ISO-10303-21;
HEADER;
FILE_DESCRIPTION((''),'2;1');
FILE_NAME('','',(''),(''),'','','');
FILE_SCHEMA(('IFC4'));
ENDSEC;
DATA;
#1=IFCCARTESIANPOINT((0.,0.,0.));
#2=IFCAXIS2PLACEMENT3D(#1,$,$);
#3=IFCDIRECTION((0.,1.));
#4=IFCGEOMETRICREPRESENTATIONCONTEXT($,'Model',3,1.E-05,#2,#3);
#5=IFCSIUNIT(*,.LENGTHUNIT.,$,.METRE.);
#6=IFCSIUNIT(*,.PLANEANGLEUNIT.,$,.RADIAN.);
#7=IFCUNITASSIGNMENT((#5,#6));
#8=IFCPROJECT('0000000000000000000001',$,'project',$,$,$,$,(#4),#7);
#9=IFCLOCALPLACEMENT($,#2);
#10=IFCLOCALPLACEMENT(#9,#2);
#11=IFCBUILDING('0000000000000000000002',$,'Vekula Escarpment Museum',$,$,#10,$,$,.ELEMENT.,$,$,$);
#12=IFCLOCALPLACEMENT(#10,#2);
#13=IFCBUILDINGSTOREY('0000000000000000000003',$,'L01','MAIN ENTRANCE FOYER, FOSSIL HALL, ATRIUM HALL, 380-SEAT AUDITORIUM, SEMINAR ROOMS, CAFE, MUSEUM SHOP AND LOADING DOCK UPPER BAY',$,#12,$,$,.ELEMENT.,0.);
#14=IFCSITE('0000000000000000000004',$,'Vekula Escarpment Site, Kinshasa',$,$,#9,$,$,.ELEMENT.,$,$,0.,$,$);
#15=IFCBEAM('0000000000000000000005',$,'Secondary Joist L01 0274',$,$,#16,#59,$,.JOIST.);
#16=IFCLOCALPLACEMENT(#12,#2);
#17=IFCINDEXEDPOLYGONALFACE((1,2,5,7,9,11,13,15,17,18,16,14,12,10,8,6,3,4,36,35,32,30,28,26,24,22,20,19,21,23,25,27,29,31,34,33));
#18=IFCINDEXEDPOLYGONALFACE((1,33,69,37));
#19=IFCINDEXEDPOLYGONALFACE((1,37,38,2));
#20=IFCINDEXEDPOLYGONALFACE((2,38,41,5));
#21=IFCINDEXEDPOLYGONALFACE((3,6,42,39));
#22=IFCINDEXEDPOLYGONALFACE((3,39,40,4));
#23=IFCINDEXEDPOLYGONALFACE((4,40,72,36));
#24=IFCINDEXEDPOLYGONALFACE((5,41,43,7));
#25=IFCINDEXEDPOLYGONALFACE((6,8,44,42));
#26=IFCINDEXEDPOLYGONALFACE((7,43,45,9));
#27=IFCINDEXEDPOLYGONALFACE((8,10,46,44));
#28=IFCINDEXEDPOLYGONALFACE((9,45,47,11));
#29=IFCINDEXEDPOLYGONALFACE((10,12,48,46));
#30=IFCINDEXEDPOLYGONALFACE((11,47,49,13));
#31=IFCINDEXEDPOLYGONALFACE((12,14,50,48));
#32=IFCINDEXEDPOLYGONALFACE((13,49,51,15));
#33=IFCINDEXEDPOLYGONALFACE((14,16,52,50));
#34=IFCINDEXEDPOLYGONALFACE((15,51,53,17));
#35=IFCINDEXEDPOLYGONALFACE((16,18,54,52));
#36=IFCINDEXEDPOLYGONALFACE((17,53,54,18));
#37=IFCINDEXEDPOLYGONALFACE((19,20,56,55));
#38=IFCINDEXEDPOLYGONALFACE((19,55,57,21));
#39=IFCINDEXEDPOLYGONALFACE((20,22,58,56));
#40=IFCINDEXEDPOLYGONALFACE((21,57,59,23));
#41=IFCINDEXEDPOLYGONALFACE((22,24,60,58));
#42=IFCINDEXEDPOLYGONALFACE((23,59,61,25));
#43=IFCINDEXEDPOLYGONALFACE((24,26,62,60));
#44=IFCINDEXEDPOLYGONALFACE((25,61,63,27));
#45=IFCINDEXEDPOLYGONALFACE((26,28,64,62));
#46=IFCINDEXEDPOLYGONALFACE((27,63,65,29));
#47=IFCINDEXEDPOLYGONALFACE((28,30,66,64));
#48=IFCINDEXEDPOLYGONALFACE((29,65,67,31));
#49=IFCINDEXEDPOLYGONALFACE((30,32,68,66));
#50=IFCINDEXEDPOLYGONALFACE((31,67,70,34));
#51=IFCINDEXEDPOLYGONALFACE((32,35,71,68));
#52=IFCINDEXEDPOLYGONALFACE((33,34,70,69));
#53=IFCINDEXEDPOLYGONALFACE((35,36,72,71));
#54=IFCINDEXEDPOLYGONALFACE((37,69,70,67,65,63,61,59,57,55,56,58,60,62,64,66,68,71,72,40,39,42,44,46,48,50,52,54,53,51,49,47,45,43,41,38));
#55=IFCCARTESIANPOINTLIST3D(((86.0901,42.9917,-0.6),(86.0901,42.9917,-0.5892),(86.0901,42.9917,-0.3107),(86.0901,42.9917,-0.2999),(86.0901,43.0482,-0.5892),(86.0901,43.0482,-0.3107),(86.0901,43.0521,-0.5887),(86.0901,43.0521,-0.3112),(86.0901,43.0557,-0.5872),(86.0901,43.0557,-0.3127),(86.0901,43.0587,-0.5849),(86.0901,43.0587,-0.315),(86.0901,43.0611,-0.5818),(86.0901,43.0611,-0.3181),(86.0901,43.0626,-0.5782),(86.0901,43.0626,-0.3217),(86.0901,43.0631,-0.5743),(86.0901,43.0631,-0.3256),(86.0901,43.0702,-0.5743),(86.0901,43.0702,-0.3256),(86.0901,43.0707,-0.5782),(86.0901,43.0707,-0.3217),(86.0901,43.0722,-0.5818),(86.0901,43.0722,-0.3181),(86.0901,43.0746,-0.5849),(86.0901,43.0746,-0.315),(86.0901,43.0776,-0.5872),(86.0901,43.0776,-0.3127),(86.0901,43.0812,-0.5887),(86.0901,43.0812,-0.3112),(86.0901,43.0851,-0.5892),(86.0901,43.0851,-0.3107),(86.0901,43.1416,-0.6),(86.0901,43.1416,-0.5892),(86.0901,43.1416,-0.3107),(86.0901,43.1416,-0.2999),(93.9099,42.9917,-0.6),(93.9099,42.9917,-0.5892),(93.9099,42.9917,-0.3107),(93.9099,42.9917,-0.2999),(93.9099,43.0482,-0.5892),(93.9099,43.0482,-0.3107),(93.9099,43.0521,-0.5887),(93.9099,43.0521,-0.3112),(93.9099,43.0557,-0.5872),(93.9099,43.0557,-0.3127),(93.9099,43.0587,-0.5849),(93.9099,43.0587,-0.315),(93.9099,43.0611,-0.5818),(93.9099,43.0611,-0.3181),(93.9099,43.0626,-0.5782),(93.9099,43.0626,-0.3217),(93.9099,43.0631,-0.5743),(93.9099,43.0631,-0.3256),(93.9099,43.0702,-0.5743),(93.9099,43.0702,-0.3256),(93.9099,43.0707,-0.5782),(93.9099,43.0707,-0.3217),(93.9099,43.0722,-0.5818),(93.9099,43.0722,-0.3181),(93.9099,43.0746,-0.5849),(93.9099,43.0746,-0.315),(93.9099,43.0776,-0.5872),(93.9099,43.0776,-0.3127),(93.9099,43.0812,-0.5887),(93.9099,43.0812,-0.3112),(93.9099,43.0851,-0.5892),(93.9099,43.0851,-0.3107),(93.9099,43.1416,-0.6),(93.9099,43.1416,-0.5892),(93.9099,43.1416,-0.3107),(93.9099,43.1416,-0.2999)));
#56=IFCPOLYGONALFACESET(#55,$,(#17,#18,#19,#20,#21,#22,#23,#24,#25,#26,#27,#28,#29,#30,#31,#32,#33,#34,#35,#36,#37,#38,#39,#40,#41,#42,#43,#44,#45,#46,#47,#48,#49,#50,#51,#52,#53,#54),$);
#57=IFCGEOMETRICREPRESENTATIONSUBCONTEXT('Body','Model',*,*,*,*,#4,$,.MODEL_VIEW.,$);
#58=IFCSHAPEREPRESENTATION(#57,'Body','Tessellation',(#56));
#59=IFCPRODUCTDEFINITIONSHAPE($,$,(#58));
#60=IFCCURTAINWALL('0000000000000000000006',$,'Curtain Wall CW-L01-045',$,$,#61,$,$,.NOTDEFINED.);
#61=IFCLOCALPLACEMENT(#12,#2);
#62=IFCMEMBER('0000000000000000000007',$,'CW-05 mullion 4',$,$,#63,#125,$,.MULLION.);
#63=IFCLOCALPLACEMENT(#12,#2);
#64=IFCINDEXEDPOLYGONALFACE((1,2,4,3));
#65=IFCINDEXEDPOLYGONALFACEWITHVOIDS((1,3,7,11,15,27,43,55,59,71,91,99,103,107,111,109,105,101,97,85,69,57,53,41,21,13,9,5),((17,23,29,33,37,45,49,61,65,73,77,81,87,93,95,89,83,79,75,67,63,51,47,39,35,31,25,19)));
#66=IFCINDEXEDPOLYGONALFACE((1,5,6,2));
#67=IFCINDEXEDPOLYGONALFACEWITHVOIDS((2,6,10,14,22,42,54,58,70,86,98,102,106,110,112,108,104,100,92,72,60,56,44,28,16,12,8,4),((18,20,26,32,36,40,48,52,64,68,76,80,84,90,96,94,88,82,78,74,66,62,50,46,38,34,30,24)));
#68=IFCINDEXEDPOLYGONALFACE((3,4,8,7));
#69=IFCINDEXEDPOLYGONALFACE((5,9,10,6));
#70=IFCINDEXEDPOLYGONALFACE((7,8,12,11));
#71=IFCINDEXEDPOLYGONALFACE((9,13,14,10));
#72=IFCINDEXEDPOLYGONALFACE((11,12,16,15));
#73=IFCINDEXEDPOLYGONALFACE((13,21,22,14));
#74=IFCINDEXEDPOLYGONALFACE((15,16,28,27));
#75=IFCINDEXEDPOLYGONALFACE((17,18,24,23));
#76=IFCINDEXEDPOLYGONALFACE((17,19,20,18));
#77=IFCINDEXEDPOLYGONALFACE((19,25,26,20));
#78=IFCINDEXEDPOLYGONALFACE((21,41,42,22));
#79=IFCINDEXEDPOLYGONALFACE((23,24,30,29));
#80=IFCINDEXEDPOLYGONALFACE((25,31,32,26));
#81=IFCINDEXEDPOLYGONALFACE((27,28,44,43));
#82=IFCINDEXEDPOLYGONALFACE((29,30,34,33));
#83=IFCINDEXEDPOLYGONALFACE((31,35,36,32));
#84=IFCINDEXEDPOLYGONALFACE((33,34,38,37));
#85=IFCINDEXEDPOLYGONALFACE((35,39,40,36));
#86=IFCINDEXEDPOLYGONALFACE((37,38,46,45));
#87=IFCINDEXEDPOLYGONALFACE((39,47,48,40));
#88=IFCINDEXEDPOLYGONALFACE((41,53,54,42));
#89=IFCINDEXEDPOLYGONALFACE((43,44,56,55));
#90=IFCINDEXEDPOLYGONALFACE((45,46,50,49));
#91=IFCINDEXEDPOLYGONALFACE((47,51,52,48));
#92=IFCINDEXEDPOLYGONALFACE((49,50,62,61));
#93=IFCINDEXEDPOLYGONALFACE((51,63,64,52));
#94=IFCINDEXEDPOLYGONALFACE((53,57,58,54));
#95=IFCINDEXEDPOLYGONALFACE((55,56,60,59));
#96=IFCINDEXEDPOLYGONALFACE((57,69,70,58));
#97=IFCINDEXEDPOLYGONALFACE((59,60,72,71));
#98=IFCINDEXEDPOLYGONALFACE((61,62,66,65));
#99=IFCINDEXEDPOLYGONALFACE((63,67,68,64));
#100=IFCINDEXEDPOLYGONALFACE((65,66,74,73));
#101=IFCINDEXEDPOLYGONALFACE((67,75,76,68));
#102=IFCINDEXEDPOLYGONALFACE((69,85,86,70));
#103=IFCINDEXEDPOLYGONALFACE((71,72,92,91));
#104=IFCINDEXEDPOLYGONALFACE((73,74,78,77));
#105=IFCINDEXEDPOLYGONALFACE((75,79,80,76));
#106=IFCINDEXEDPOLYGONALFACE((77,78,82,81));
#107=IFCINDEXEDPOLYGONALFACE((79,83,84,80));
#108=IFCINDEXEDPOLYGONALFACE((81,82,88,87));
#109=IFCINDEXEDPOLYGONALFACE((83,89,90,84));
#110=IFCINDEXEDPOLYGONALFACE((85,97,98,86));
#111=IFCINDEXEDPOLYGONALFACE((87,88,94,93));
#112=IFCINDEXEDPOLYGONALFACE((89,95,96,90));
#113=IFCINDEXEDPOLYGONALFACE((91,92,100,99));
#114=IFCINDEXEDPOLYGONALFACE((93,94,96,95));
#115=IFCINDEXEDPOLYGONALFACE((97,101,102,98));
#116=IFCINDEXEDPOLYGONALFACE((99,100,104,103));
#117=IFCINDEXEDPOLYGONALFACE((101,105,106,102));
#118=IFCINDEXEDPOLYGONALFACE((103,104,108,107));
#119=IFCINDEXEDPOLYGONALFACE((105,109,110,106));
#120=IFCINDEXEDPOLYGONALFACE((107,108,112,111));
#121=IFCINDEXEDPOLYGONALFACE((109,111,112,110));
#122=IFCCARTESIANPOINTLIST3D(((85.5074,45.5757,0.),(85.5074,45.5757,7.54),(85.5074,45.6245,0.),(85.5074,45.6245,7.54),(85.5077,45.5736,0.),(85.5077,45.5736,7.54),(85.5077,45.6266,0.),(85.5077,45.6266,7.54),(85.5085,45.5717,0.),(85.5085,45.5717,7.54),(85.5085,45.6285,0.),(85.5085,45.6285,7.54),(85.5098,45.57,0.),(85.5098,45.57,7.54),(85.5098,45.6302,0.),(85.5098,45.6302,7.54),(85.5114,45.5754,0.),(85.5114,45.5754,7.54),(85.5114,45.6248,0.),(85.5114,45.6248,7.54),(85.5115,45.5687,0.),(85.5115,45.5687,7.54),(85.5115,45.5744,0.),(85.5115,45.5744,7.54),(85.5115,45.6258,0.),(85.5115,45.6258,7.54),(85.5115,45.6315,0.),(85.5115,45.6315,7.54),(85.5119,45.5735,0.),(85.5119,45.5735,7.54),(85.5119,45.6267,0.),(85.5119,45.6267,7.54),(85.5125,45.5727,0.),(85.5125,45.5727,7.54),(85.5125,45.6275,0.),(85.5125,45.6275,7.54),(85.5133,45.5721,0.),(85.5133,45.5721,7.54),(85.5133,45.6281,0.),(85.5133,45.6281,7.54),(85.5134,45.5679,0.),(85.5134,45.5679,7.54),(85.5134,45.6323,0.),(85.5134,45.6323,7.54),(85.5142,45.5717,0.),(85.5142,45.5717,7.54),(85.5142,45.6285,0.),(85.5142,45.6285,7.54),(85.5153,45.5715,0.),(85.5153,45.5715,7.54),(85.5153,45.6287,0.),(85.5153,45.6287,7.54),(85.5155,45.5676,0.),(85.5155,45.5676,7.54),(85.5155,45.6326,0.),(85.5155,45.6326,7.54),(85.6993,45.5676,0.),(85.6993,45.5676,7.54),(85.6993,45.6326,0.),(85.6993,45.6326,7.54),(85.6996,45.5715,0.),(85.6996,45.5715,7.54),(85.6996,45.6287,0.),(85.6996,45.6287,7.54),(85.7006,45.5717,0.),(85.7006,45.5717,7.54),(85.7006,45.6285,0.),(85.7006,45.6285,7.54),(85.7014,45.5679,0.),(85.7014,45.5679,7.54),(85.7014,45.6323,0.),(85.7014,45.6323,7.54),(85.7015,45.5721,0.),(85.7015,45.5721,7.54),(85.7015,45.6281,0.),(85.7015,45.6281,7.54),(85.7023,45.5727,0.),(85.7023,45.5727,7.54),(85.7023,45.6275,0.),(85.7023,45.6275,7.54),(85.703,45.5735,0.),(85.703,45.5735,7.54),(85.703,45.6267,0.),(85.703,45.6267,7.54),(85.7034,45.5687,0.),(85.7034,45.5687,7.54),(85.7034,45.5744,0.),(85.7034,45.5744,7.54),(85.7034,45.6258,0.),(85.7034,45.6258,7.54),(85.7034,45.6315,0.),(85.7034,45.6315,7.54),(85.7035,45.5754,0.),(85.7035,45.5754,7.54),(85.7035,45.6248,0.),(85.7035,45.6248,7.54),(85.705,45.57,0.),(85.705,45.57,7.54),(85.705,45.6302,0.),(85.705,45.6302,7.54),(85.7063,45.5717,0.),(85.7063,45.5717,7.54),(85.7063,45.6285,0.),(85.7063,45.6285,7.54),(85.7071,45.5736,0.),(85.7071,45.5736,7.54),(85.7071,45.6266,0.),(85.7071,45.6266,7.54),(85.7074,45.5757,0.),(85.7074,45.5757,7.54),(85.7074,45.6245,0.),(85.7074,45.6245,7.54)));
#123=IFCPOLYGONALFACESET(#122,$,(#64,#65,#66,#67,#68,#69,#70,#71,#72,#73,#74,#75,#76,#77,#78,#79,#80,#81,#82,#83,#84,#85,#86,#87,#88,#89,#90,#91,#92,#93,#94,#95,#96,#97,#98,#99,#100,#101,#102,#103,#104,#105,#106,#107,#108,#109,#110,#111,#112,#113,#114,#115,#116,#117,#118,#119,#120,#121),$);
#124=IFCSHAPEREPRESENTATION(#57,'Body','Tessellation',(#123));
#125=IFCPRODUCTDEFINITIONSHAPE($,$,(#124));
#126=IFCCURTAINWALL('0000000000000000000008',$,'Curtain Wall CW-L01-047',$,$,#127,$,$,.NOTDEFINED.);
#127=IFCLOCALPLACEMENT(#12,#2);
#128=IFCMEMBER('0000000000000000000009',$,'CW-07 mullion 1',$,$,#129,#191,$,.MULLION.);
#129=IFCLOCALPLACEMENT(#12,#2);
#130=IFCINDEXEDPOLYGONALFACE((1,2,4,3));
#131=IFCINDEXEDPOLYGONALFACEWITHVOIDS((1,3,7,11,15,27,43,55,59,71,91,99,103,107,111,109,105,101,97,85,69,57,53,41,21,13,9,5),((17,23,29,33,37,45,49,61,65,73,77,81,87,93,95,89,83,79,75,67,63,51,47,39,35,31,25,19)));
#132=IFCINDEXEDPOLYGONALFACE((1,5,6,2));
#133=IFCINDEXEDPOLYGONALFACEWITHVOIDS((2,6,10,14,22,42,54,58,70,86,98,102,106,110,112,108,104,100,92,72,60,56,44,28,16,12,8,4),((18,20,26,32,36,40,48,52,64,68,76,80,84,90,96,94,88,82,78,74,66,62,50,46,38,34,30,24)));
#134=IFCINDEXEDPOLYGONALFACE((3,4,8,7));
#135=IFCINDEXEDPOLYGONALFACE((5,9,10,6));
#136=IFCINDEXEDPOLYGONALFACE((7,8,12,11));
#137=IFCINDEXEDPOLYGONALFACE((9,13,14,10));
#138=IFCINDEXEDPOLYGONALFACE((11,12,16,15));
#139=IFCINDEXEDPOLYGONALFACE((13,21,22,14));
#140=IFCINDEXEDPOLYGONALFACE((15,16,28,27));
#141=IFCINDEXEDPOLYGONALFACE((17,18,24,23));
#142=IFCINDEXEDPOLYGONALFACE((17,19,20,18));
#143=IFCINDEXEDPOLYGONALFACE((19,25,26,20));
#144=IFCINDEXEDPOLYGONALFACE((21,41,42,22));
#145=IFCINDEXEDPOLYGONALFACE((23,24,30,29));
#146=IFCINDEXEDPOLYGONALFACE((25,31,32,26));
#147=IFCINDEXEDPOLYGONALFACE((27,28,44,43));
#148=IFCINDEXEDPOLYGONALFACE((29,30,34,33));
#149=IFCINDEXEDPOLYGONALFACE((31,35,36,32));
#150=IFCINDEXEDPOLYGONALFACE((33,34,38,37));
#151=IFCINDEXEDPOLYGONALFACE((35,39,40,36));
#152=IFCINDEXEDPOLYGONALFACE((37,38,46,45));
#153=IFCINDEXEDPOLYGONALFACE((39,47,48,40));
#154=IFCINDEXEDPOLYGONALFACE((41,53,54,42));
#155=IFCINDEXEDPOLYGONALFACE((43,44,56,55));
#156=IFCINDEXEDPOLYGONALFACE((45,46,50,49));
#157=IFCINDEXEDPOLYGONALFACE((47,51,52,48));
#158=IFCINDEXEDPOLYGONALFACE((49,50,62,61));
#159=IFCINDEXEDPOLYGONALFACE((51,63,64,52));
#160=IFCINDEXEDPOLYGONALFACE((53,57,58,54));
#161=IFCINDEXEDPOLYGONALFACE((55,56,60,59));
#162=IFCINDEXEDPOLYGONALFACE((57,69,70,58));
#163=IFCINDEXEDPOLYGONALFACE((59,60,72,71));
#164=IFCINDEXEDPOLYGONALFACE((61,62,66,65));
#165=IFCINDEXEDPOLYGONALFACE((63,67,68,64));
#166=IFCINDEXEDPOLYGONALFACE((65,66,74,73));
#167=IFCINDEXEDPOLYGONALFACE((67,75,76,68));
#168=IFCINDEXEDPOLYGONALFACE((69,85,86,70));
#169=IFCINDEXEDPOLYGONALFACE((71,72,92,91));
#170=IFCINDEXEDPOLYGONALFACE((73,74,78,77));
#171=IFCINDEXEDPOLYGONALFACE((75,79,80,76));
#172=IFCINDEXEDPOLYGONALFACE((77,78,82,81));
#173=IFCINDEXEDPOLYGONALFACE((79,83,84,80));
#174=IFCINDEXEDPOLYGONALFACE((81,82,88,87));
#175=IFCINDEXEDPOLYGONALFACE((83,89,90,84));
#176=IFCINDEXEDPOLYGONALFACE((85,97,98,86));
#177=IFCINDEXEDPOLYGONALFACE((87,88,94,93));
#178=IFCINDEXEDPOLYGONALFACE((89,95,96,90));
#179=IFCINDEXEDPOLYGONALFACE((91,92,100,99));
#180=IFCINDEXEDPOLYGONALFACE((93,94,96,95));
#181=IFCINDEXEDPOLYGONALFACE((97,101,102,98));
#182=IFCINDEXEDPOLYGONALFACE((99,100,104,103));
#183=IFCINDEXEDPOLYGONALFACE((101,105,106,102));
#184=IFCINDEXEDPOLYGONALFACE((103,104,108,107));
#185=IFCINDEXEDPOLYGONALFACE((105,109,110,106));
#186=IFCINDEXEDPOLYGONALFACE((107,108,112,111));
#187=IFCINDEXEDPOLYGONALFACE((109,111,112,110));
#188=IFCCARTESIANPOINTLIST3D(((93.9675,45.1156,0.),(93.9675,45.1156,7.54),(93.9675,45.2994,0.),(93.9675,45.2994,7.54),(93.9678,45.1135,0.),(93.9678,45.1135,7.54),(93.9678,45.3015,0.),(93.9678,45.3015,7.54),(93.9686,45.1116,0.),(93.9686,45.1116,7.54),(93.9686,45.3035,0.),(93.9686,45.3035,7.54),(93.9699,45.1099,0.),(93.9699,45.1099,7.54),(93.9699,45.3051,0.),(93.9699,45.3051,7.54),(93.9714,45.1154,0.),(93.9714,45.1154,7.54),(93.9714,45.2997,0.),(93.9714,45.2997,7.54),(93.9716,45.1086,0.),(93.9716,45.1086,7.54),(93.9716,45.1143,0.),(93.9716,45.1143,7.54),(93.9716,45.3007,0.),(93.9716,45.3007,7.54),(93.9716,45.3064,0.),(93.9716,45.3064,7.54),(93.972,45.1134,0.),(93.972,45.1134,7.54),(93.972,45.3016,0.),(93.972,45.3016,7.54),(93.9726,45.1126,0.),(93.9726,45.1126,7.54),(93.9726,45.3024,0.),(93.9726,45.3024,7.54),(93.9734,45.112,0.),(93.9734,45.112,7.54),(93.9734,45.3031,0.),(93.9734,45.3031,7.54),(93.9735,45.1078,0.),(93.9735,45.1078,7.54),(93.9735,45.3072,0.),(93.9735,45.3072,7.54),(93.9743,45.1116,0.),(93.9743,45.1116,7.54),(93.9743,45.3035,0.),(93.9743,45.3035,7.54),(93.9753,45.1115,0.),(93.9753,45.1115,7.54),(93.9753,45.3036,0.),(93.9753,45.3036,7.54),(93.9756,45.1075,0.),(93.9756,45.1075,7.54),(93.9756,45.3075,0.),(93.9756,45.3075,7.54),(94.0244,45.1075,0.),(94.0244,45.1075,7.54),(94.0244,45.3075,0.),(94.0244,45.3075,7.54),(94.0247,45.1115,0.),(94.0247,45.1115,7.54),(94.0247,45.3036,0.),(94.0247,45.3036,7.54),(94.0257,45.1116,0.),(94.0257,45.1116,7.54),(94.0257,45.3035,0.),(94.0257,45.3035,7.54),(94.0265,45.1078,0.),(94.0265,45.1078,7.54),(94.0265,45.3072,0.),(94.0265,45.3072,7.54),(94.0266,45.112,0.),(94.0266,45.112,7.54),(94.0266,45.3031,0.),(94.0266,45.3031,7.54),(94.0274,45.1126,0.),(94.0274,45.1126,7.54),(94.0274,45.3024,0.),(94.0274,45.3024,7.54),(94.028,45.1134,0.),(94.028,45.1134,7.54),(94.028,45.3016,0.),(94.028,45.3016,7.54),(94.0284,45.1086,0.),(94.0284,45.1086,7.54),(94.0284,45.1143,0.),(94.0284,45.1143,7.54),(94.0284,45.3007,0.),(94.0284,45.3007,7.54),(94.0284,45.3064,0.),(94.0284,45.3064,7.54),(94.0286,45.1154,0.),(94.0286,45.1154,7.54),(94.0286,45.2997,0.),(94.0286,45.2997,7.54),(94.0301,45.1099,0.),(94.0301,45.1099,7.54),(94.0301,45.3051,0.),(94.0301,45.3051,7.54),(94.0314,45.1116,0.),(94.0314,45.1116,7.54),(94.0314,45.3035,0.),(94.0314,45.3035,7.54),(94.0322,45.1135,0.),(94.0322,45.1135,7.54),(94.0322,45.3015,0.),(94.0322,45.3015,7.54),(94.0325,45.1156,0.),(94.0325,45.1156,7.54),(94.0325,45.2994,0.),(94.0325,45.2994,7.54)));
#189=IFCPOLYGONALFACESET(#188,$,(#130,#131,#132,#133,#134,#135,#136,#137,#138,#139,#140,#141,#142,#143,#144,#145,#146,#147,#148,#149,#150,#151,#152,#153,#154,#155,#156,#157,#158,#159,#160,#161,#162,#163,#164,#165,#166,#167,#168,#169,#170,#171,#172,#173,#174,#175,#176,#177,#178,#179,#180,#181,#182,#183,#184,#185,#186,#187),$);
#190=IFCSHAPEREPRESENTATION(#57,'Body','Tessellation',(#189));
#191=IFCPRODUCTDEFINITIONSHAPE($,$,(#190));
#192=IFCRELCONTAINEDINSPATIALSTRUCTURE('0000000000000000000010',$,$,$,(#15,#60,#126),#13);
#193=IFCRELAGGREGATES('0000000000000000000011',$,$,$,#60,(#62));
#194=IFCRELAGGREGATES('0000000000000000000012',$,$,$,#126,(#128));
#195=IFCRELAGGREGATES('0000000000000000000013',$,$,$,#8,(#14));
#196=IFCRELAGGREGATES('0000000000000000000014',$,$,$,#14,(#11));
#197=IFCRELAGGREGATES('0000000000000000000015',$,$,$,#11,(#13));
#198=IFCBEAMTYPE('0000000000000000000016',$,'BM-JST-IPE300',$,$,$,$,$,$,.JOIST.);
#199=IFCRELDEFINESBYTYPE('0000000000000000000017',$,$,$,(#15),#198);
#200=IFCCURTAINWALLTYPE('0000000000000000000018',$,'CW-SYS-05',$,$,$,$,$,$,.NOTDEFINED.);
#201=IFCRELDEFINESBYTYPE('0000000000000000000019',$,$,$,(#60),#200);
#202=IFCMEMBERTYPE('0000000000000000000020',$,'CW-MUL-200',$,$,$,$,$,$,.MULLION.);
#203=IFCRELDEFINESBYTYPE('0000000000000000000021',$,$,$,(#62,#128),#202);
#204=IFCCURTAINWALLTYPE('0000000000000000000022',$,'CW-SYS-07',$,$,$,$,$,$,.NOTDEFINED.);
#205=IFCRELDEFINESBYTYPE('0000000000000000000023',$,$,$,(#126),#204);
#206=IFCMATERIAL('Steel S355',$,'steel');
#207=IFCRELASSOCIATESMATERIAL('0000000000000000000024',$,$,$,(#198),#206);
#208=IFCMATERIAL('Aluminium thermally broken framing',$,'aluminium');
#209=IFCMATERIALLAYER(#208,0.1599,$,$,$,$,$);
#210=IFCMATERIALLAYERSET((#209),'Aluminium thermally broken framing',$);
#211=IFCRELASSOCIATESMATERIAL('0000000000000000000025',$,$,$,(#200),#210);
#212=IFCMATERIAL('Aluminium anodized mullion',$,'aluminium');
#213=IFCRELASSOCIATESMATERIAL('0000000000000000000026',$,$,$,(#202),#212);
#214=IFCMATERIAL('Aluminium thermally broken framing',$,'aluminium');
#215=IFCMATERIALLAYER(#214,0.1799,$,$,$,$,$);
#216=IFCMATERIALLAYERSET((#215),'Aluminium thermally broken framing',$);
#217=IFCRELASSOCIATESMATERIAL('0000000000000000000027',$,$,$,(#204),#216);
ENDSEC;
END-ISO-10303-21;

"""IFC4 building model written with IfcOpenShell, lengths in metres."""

from ifc_helpers import new_model, si_unit, direction, frame, origin, origin_2d, place, context, subcontext, project, spatial, hollow_rectangle, i_section, extrude, material, layer, layer_set, material_profile, profile_set, type_object, element, aggregate, save


model = new_model("IFC4")

# Units and contexts
model_context = context("Model", 3, precision=1e-05, world=origin(), true_north=direction((0.0, 1.0)))
body_context = subcontext(model_context, "Body", "Model", "MODEL_VIEW")
ifc_project = project(units=[si_unit("LENGTHUNIT", "METRE"), si_unit("PLANEANGLEUNIT", "RADIAN")], contexts=[model_context])

# Site, building, storey
site_placement = place(None, origin())
site = spatial("IfcSite", under=ifc_project, at=site_placement, Name="Vekula Escarpment Site, Kinshasa", CompositionType="ELEMENT", RefElevation=0.0)
building_placement = place(site_placement, origin())
building = spatial("IfcBuilding", under=site, at=building_placement, Name="Vekula Escarpment Museum", CompositionType="ELEMENT")
storey_placement = place(building_placement, origin())
storey = spatial("IfcBuildingStorey", under=building, at=storey_placement, Name="L01", Description="MAIN ENTRANCE FOYER, FOSSIL HALL, ATRIUM HALL, 380-SEAT AUDITORIUM, SEMINAR ROOMS, CAFE, MUSEUM SHOP AND LOADING DOCK UPPER BAY", CompositionType="ELEMENT", Elevation=0.0)

# Beam
ifc_material_1 = material(Name="Steel S355", Category="steel")
ifc_material_profile_1 = material_profile(ifc_material_1, i_section(OverallWidth=0.1499, OverallDepth=0.3, WebThickness=0.0071, FlangeThickness=0.0107, FilletRadius=0.0149, at=origin_2d()), Name="IPE 300")
ifc_profile_set_1 = profile_set([ifc_material_profile_1], Name="Steel S355")
beam_type_1 = type_object("IfcBeamType", Name="BM-JST-IPE300", PredefinedType="JOIST", material=ifc_profile_set_1)
for number, where, z_axis, x_axis, name in (
    (1, (86.0901, 43.0667, -0.45), (1.0, 0.0, 0.0), (0.0, 1.0, 0.0), "Secondary Joist L01 0274"),
):
    element("IfcBeam", number, at=place(storey_placement, frame(where, z_axis=z_axis, x_axis=x_axis)), inside=storey, type_object=beam_type_1, Name=name, PredefinedType="JOIST", context=body_context, shape_type="SweptSolid", body=[
        extrude(i_section(OverallWidth=0.1499, OverallDepth=0.3, WebThickness=0.0071, FlangeThickness=0.0107, FilletRadius=0.0149, at=origin_2d()), origin(), (0.0, 0.0, 1.0), 7.8198),
    ])

# Curtain wall, member
ifc_material_2 = material(Name="Aluminium thermally broken framing", Category="aluminium")
ifc_layer_1 = layer(ifc_material_2, 0.1599)
ifc_layer_set_1 = layer_set([ifc_layer_1], Name="Aluminium thermally broken framing")
curtain_wall_type_1 = type_object("IfcCurtainWallType", Name="CW-SYS-05", PredefinedType="NOTDEFINED", material=ifc_layer_set_1)
curtain_wall_1_placement = place(storey_placement, origin())
curtain_wall_1 = element("IfcCurtainWall", 2, at=curtain_wall_1_placement, inside=storey, type_object=curtain_wall_type_1, Name="Curtain Wall CW-L01-045", PredefinedType="NOTDEFINED")
ifc_material_3 = material(Name="Aluminium anodized mullion", Category="aluminium")
ifc_material_profile_2 = material_profile(ifc_material_3, hollow_rectangle(XDim=0.0649, YDim=0.2, WallThickness=0.0039, InnerFilletRadius=0.0039, OuterFilletRadius=0.0081, at=origin_2d()), Name="ALU 200x65x4")
ifc_profile_set_2 = profile_set([ifc_material_profile_2], Name="Aluminium anodized mullion")
member_type_1 = type_object("IfcMemberType", Name="CW-MUL-200", PredefinedType="MULLION", material=ifc_profile_set_2)
member_1_placement = place(storey_placement, frame((85.6074, 45.6001, 0.0), z_axis=(0.0, 0.0, 1.0), x_axis=(0.0, 1.0, 0.0)))
member_1 = element("IfcMember", 3, at=member_1_placement, type_object=member_type_1, Name="CW-05 mullion 4", PredefinedType="MULLION", context=body_context, shape_type="SweptSolid", body=[
    extrude(hollow_rectangle(XDim=0.0649, YDim=0.2, WallThickness=0.0039, InnerFilletRadius=0.0039, OuterFilletRadius=0.0081, at=origin_2d()), origin(), (0.0, 0.0, 1.0), 7.54),
])
aggregate(curtain_wall_1, [member_1])

# Curtain wall, member
ifc_material_4 = material(Name="Aluminium thermally broken framing", Category="aluminium")
ifc_layer_2 = layer(ifc_material_4, 0.1799)
ifc_layer_set_2 = layer_set([ifc_layer_2], Name="Aluminium thermally broken framing")
curtain_wall_type_2 = type_object("IfcCurtainWallType", Name="CW-SYS-07", PredefinedType="NOTDEFINED", material=ifc_layer_set_2)
curtain_wall_2_placement = place(storey_placement, origin())
curtain_wall_2 = element("IfcCurtainWall", 4, at=curtain_wall_2_placement, inside=storey, type_object=curtain_wall_type_2, Name="Curtain Wall CW-L01-047", PredefinedType="NOTDEFINED")
member_2_placement = place(storey_placement, frame((94.0, 45.2075, 0.0), z_axis=(0.0, 0.0, 1.0), x_axis=(1.0, 0.0, 0.0)))
member_2 = element("IfcMember", 5, at=member_2_placement, type_object=member_type_1, Name="CW-07 mullion 1", PredefinedType="MULLION", context=body_context, shape_type="SweptSolid", body=[
    extrude(hollow_rectangle(XDim=0.0649, YDim=0.2, WallThickness=0.0039, InnerFilletRadius=0.0039, OuterFilletRadius=0.0081, at=origin_2d()), origin(), (0.0, 0.0, 1.0), 7.54),
])

aggregate(curtain_wall_2, [member_2])

save(model, "model.ifc")
